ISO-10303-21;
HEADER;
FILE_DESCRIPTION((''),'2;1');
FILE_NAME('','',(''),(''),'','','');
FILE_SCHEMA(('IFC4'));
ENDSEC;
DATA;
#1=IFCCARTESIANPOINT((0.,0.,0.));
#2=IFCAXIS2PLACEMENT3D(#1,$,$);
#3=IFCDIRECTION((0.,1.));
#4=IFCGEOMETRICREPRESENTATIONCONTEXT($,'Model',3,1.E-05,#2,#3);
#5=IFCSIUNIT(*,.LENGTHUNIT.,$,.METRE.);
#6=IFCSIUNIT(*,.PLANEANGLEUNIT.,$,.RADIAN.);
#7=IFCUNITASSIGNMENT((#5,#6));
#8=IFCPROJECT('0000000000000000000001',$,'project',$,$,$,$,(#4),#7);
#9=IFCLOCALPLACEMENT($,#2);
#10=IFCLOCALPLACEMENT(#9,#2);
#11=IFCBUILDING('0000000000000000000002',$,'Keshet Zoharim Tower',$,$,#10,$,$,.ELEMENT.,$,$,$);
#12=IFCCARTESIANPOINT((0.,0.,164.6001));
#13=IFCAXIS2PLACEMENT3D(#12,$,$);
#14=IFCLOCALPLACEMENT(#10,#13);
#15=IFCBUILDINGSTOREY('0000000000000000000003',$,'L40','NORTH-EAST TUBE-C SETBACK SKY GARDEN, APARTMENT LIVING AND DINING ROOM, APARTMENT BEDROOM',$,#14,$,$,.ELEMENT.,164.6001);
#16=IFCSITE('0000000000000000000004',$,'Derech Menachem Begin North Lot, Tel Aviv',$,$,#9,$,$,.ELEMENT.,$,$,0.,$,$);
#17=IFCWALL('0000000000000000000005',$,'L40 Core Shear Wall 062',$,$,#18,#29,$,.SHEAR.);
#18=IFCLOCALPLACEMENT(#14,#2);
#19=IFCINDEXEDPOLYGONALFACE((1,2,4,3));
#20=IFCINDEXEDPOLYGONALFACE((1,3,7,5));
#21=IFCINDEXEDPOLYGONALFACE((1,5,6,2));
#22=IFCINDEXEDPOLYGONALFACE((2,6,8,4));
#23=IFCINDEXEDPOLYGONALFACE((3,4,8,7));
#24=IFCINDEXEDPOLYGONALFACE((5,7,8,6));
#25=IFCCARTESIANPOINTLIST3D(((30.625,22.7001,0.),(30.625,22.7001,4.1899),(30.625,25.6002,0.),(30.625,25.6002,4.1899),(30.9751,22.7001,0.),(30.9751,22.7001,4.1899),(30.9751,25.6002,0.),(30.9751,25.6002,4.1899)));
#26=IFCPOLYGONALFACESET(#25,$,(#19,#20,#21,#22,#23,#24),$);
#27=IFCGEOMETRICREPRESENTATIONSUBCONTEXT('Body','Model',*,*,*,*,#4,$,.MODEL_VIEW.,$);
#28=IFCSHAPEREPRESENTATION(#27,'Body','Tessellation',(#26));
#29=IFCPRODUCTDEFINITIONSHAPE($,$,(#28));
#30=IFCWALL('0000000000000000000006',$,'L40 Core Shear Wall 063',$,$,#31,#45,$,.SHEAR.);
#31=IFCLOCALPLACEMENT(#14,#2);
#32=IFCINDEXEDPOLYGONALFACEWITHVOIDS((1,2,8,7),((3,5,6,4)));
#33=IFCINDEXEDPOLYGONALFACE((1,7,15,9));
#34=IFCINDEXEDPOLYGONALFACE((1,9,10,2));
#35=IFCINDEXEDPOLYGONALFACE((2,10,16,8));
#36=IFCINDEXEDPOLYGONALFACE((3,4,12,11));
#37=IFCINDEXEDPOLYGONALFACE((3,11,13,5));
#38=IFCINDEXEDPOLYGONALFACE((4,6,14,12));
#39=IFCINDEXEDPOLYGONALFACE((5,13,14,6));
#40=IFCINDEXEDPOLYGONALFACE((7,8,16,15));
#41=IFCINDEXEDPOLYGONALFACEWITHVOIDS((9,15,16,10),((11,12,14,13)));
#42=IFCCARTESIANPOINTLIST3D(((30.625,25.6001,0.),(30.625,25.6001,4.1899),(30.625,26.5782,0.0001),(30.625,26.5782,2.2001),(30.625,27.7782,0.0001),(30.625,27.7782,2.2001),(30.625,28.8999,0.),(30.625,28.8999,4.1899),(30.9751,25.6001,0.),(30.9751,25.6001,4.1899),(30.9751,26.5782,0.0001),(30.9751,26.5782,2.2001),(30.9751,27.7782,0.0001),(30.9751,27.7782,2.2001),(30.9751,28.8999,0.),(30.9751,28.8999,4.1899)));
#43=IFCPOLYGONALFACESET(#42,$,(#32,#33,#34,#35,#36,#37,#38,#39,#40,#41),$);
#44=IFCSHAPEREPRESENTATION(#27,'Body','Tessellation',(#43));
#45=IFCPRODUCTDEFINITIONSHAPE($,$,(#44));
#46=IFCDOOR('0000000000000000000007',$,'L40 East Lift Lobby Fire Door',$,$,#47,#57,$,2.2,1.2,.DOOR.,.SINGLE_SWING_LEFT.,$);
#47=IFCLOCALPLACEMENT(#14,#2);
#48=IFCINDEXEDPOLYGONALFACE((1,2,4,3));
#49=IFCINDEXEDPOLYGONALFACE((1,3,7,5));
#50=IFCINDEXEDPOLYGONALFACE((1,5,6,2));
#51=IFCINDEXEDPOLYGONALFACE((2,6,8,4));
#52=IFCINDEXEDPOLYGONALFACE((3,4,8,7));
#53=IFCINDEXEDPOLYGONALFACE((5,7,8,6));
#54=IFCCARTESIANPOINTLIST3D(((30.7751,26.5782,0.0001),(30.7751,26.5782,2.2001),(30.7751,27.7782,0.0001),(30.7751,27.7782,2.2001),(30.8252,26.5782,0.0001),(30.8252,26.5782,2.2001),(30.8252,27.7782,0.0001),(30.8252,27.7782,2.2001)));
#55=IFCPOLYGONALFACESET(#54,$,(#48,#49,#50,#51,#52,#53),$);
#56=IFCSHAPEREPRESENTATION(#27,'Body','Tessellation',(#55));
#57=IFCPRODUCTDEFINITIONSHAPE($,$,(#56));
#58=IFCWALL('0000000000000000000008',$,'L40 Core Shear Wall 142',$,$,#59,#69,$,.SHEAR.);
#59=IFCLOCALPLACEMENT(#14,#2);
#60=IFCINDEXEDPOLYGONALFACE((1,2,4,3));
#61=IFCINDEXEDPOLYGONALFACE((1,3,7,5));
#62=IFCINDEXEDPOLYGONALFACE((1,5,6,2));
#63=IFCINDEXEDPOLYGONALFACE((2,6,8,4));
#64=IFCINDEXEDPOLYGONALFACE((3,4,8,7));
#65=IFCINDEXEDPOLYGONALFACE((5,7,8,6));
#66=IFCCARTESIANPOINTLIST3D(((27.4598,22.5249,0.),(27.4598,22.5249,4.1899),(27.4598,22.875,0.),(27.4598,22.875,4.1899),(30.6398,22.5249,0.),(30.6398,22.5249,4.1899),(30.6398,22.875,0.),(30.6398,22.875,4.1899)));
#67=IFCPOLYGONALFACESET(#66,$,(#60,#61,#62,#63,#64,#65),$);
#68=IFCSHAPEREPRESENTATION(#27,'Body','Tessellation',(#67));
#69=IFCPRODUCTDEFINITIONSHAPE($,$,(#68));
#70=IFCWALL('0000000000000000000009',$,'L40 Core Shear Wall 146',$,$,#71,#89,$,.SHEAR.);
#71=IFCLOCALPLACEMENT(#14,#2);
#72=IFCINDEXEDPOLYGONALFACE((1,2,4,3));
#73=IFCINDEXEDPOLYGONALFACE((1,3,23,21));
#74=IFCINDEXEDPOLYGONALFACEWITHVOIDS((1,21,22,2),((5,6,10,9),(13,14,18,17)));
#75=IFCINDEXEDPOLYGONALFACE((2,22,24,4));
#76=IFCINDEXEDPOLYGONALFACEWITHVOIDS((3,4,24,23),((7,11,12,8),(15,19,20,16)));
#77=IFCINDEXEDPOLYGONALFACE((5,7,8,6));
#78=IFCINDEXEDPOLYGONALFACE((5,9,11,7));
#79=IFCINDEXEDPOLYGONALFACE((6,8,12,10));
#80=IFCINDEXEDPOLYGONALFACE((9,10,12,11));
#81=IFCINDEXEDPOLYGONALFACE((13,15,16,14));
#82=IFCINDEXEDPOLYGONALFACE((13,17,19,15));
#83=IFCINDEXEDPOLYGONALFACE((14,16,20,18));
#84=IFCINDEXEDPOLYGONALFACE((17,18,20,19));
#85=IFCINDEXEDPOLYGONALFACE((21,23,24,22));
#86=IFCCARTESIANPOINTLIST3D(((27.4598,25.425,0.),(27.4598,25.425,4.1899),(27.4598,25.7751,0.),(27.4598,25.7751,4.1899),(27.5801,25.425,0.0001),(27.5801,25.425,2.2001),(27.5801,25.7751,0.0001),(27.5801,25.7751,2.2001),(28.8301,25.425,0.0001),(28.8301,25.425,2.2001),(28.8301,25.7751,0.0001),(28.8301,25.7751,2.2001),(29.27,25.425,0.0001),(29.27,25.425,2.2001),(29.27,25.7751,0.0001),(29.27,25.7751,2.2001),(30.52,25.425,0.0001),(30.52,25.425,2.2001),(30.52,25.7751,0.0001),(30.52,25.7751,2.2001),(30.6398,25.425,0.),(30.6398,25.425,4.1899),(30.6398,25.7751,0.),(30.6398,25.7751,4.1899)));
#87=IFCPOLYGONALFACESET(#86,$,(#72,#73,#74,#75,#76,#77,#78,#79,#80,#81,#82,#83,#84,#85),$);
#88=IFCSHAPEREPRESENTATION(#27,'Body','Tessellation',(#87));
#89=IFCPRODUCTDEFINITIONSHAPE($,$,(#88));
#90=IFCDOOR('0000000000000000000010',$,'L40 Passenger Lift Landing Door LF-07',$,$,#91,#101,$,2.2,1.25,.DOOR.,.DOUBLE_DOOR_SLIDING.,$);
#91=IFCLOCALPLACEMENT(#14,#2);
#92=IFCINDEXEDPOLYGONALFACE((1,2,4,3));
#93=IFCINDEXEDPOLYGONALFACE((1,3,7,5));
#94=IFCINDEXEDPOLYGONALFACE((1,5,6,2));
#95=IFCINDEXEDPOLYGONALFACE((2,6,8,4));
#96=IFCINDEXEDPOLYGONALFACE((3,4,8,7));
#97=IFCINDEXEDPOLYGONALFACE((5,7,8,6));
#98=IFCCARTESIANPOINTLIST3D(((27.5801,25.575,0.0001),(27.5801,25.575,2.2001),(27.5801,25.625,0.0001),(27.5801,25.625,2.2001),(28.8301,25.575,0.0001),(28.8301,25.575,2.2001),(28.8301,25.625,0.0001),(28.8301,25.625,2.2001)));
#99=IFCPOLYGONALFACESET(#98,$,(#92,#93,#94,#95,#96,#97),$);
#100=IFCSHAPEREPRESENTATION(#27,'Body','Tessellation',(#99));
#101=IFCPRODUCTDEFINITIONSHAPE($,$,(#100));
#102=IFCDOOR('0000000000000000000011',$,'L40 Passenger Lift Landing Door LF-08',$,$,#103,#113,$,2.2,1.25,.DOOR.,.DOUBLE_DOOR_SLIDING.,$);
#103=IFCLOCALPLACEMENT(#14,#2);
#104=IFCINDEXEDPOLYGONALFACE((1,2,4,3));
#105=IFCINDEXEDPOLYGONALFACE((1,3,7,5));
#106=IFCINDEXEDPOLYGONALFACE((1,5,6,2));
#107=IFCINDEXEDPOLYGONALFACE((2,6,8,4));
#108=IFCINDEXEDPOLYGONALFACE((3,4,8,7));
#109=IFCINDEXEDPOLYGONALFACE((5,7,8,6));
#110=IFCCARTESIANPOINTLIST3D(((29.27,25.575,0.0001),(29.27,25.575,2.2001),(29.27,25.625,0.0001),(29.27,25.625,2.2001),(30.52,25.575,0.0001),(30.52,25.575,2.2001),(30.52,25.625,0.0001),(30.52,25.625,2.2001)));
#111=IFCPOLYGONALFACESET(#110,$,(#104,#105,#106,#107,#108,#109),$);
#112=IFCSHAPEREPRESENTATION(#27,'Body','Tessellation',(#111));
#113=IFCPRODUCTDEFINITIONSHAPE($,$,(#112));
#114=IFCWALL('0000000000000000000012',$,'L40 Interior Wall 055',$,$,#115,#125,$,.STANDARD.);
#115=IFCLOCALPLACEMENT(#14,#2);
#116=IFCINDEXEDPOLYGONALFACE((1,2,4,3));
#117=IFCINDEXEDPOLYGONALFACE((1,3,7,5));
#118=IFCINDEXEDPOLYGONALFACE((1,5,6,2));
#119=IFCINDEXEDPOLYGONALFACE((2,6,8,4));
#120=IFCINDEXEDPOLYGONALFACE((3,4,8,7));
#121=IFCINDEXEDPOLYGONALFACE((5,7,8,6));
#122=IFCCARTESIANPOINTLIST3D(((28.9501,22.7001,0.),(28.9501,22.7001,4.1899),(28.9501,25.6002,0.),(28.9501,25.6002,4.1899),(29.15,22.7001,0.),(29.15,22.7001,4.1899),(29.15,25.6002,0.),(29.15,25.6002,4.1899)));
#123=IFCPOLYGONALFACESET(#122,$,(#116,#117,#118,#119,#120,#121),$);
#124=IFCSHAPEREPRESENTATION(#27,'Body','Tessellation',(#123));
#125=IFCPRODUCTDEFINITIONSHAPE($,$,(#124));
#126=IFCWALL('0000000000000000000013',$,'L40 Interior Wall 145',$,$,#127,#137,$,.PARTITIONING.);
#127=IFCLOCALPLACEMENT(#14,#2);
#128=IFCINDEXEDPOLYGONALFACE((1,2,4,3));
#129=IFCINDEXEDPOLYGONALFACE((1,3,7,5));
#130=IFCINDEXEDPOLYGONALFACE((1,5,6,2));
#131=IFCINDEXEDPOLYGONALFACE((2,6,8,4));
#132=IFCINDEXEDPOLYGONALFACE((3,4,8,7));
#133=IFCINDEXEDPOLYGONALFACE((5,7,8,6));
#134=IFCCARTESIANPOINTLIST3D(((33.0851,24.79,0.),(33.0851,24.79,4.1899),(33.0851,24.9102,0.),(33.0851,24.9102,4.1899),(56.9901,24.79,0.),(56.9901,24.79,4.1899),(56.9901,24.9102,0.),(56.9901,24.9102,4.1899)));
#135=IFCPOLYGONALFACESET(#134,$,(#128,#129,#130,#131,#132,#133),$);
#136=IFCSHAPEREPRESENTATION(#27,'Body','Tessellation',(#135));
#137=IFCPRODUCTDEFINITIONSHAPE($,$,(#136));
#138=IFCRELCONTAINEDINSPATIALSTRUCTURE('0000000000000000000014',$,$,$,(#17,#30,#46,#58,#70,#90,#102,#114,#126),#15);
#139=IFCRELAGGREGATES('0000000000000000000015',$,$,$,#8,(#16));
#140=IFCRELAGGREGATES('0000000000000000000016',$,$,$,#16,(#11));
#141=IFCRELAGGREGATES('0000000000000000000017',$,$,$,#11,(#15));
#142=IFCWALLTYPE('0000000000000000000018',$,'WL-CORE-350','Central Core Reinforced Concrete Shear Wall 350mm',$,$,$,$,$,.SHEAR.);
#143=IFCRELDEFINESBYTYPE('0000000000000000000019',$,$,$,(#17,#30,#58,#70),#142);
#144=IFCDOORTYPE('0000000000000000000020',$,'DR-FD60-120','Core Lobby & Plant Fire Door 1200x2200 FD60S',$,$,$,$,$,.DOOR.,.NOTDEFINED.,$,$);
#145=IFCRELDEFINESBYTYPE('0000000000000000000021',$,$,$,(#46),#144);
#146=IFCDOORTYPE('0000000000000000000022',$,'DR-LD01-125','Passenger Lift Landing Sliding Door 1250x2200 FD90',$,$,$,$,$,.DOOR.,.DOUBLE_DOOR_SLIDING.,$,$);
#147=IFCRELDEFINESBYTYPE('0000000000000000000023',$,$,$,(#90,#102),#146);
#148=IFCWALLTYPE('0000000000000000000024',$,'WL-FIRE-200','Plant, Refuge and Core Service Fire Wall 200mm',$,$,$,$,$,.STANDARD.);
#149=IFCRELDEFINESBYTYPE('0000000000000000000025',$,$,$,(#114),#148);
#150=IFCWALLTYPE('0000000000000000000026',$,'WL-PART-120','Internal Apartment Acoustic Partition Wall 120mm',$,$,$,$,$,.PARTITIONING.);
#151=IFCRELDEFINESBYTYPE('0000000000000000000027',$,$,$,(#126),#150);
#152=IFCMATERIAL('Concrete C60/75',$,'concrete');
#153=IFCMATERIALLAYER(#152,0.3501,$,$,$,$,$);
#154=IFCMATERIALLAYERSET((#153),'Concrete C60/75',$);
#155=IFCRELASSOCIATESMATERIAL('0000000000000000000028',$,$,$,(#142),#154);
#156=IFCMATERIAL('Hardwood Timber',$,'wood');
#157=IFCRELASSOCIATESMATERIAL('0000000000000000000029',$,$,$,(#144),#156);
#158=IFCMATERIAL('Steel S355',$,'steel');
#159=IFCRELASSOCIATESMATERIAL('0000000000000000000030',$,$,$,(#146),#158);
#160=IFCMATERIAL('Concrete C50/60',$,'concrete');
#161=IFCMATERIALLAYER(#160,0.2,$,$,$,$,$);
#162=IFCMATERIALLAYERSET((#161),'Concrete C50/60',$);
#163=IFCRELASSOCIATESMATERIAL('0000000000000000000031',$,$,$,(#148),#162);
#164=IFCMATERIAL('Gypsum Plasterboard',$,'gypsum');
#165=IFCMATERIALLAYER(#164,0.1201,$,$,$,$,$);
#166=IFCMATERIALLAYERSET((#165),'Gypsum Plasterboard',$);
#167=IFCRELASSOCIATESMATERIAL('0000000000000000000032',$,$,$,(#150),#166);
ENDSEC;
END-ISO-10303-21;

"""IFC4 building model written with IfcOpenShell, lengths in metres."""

from ifc_helpers import new_model, si_unit, direction, frame, frame_2d, origin, place, context, subcontext, project, spatial, rectangle, extrude, material, layer, layer_set, type_object, element, fill, save


model = new_model("IFC4")

# Units and contexts
model_context = context("Model", 3, precision=1e-05, world=origin(), true_north=direction((0.0, 1.0)))
body_context = subcontext(model_context, "Body", "Model", "MODEL_VIEW")
ifc_project = project(units=[si_unit("LENGTHUNIT", "METRE"), si_unit("PLANEANGLEUNIT", "RADIAN")], contexts=[model_context])

# Site, building, storey
site_placement = place(None, origin())
site = spatial("IfcSite", under=ifc_project, at=site_placement, Name="Derech Menachem Begin North Lot, Tel Aviv", CompositionType="ELEMENT", RefElevation=0.0)
building_placement = place(site_placement, origin())
building = spatial("IfcBuilding", under=site, at=building_placement, Name="Keshet Zoharim Tower", CompositionType="ELEMENT")
storey_placement = place(building_placement, frame((0.0, 0.0, 164.6001)))
storey = spatial("IfcBuildingStorey", under=building, at=storey_placement, Name="L40", Description="NORTH-EAST TUBE-C SETBACK SKY GARDEN, APARTMENT LIVING AND DINING ROOM, APARTMENT BEDROOM", CompositionType="ELEMENT", Elevation=164.6001)

# Shared definitions
ifc_material_1 = material(Name="Concrete C60/75", Category="concrete")

# Shared definitions
ifc_material_2 = material(Name="Steel S355", Category="steel")

# Wall
ifc_layer_1 = layer(ifc_material_1, 0.3501)
ifc_layer_set_1 = layer_set([ifc_layer_1], Name="Concrete C60/75")
wall_type_1 = type_object("IfcWallType", Name="WL-CORE-350", Description="Central Core Reinforced Concrete Shear Wall 350mm", PredefinedType="SHEAR", material=ifc_layer_set_1)
wall_1_placement = place(storey_placement, frame((30.8, 22.7, 0.0), z_axis=(0.0, 0.0, 1.0), x_axis=(0.0, 1.0, 0.0)))
element("IfcWall", 1, at=wall_1_placement, inside=storey, type_object=wall_type_1, Name="L40 Core Shear Wall 062", PredefinedType="SHEAR", context=body_context, shape_type="SweptSolid", body=[
    extrude(rectangle(XDim=2.9001, YDim=0.3501, at=frame_2d((1.4502, 0.0))), origin(), (0.0, 0.0, 1.0), 4.1899),
])

# Wall, opening, door
wall_2_placement = place(storey_placement, frame((30.8, 25.6001, 0.0), z_axis=(0.0, 0.0, 1.0), x_axis=(0.0, 1.0, 0.0)))
wall_2 = element("IfcWall", 2, at=wall_2_placement, inside=storey, type_object=wall_type_1, Name="L40 Core Shear Wall 063", PredefinedType="SHEAR", context=body_context, shape_type="SweptSolid", body=[
    extrude(rectangle(XDim=3.2998, YDim=0.3501, at=frame_2d((1.6499, 0.0))), origin(), (0.0, 0.0, 1.0), 4.1899),
])
opening_1_placement = place(wall_2_placement, frame((0.978, 0.0, 0.0)))
opening_1 = element("IfcOpeningElement", 3, at=opening_1_placement, cuts=wall_2, PredefinedType="OPENING", context=body_context, shape_type="SweptSolid", body=[
    extrude(rectangle(XDim=1.2, YDim=2.2, at=frame_2d((0.6001, 1.1001))), frame((0.0, 0.1851, 0.0), z_axis=(0.0, -1.0, 0.0), x_axis=(1.0, 0.0, 0.0)), (0.0, 0.0, 1.0), 0.3701),
])
ifc_material_3 = material(Name="Hardwood Timber", Category="wood")
door_type_1 = type_object("IfcDoorType", Name="DR-FD60-120", Description="Core Lobby & Plant Fire Door 1200x2200 FD60S", OperationType="NOTDEFINED", PredefinedType="DOOR", material=ifc_material_3)
door_1_placement = place(opening_1_placement, origin())
door_1 = element("IfcDoor", 4, at=door_1_placement, inside=storey, type_object=door_type_1, Name="L40 East Lift Lobby Fire Door", OperationType="SINGLE_SWING_LEFT", OverallHeight=2.2, OverallWidth=1.2, PredefinedType="DOOR", context=body_context, shape_type="SweptSolid", body=[
    extrude(rectangle(XDim=1.2, YDim=2.2, at=frame_2d((0.6001, 1.1001))), frame((0.0, 0.0249, 0.0), z_axis=(0.0, -1.0, 0.0), x_axis=(1.0, 0.0, 0.0)), (0.0, 0.0, 1.0), 0.05),
])
fill(opening_1, door_1)

# Wall
wall_3_placement = place(storey_placement, frame((27.46, 22.7, 0.0), z_axis=(0.0, 0.0, 1.0), x_axis=(1.0, 0.0, 0.0)))
element("IfcWall", 5, at=wall_3_placement, inside=storey, type_object=wall_type_1, Name="L40 Core Shear Wall 142", PredefinedType="SHEAR", context=body_context, shape_type="SweptSolid", body=[
    extrude(rectangle(XDim=3.1799, YDim=0.3501, at=frame_2d((1.5898, 0.0))), origin(), (0.0, 0.0, 1.0), 4.1899),
])

# Wall, openings, doors
wall_4_placement = place(storey_placement, frame((27.46, 25.6001, 0.0), z_axis=(0.0, 0.0, 1.0), x_axis=(1.0, 0.0, 0.0)))
wall_4 = element("IfcWall", 6, at=wall_4_placement, inside=storey, type_object=wall_type_1, Name="L40 Core Shear Wall 146", PredefinedType="SHEAR", context=body_context, shape_type="SweptSolid", body=[
    extrude(rectangle(XDim=3.1799, YDim=0.3501, at=frame_2d((1.5898, 0.0))), origin(), (0.0, 0.0, 1.0), 4.1899),
])
opening_2_placement = place(wall_4_placement, frame((0.1201, 0.0, 0.0)))
opening_2 = element("IfcOpeningElement", 7, at=opening_2_placement, cuts=wall_4, PredefinedType="OPENING", context=body_context, shape_type="SweptSolid", body=[
    extrude(rectangle(XDim=1.25, YDim=2.2, at=frame_2d((0.625, 1.1001))), frame((0.0, 0.1851, 0.0), z_axis=(0.0, -1.0, 0.0), x_axis=(1.0, 0.0, 0.0)), (0.0, 0.0, 1.0), 0.3701),
])
opening_3_placement = place(wall_4_placement, frame((1.8101, 0.0, 0.0)))
opening_3 = element("IfcOpeningElement", 8, at=opening_3_placement, cuts=wall_4, PredefinedType="OPENING", context=body_context, shape_type="SweptSolid", body=[
    extrude(rectangle(XDim=1.25, YDim=2.2, at=frame_2d((0.625, 1.1001))), frame((0.0, 0.1851, 0.0), z_axis=(0.0, -1.0, 0.0), x_axis=(1.0, 0.0, 0.0)), (0.0, 0.0, 1.0), 0.3701),
])
door_type_2 = type_object("IfcDoorType", Name="DR-LD01-125", Description="Passenger Lift Landing Sliding Door 1250x2200 FD90", OperationType="DOUBLE_DOOR_SLIDING", PredefinedType="DOOR", material=ifc_material_2)
door_2_placement = place(opening_2_placement, origin())
door_2 = element("IfcDoor", 9, at=door_2_placement, inside=storey, type_object=door_type_2, Name="L40 Passenger Lift Landing Door LF-07", OperationType="DOUBLE_DOOR_SLIDING", OverallHeight=2.2, OverallWidth=1.25, PredefinedType="DOOR", context=body_context, shape_type="SweptSolid", body=[
    extrude(rectangle(XDim=1.25, YDim=2.2, at=frame_2d((0.625, 1.1001))), frame((0.0, 0.0249, 0.0), z_axis=(0.0, -1.0, 0.0), x_axis=(1.0, 0.0, 0.0)), (0.0, 0.0, 1.0), 0.05),
])
fill(opening_2, door_2)
door_3_placement = place(opening_3_placement, origin())
door_3 = element("IfcDoor", 10, at=door_3_placement, inside=storey, type_object=door_type_2, Name="L40 Passenger Lift Landing Door LF-08", OperationType="DOUBLE_DOOR_SLIDING", OverallHeight=2.2, OverallWidth=1.25, PredefinedType="DOOR", context=body_context, shape_type="SweptSolid", body=[
    extrude(rectangle(XDim=1.25, YDim=2.2, at=frame_2d((0.625, 1.1001))), frame((0.0, 0.0249, 0.0), z_axis=(0.0, -1.0, 0.0), x_axis=(1.0, 0.0, 0.0)), (0.0, 0.0, 1.0), 0.05),
])
fill(opening_3, door_3)

# Shared definitions
ifc_material_4 = material(Name="Gypsum Plasterboard", Category="gypsum")

# Walls
ifc_material_5 = material(Name="Concrete C50/60", Category="concrete")
ifc_layer_2 = layer(ifc_material_5, 0.2)
ifc_layer_set_2 = layer_set([ifc_layer_2], Name="Concrete C50/60")
wall_type_2 = type_object("IfcWallType", Name="WL-FIRE-200", Description="Plant, Refuge and Core Service Fire Wall 200mm", PredefinedType="STANDARD", material=ifc_layer_set_2)
wall_5_placement = place(storey_placement, frame((29.05, 22.7, 0.0), z_axis=(0.0, 0.0, 1.0), x_axis=(0.0, 1.0, 0.0)))
element("IfcWall", 11, at=wall_5_placement, inside=storey, type_object=wall_type_2, Name="L40 Interior Wall 055", PredefinedType="STANDARD", context=body_context, shape_type="SweptSolid", body=[
    extrude(rectangle(XDim=2.9001, YDim=0.2, at=frame_2d((1.4502, 0.0))), origin(), (0.0, 0.0, 1.0), 4.1899),
])
ifc_layer_3 = layer(ifc_material_4, 0.1201)
ifc_layer_set_3 = layer_set([ifc_layer_3], Name="Gypsum Plasterboard")
wall_type_3 = type_object("IfcWallType", Name="WL-PART-120", Description="Internal Apartment Acoustic Partition Wall 120mm", PredefinedType="PARTITIONING", material=ifc_layer_set_3)
wall_6_placement = place(storey_placement, frame((33.085, 24.8501, 0.0), z_axis=(0.0, 0.0, 1.0), x_axis=(1.0, 0.0, 0.0)))
element("IfcWall", 12, at=wall_6_placement, inside=storey, type_object=wall_type_3, Name="L40 Interior Wall 145", PredefinedType="PARTITIONING", context=body_context, shape_type="SweptSolid", body=[
    extrude(rectangle(XDim=23.905, YDim=0.1201, at=frame_2d((11.9526, 0.0))), origin(), (0.0, 0.0, 1.0), 4.1899),
])

save(model, "model.ifc")
